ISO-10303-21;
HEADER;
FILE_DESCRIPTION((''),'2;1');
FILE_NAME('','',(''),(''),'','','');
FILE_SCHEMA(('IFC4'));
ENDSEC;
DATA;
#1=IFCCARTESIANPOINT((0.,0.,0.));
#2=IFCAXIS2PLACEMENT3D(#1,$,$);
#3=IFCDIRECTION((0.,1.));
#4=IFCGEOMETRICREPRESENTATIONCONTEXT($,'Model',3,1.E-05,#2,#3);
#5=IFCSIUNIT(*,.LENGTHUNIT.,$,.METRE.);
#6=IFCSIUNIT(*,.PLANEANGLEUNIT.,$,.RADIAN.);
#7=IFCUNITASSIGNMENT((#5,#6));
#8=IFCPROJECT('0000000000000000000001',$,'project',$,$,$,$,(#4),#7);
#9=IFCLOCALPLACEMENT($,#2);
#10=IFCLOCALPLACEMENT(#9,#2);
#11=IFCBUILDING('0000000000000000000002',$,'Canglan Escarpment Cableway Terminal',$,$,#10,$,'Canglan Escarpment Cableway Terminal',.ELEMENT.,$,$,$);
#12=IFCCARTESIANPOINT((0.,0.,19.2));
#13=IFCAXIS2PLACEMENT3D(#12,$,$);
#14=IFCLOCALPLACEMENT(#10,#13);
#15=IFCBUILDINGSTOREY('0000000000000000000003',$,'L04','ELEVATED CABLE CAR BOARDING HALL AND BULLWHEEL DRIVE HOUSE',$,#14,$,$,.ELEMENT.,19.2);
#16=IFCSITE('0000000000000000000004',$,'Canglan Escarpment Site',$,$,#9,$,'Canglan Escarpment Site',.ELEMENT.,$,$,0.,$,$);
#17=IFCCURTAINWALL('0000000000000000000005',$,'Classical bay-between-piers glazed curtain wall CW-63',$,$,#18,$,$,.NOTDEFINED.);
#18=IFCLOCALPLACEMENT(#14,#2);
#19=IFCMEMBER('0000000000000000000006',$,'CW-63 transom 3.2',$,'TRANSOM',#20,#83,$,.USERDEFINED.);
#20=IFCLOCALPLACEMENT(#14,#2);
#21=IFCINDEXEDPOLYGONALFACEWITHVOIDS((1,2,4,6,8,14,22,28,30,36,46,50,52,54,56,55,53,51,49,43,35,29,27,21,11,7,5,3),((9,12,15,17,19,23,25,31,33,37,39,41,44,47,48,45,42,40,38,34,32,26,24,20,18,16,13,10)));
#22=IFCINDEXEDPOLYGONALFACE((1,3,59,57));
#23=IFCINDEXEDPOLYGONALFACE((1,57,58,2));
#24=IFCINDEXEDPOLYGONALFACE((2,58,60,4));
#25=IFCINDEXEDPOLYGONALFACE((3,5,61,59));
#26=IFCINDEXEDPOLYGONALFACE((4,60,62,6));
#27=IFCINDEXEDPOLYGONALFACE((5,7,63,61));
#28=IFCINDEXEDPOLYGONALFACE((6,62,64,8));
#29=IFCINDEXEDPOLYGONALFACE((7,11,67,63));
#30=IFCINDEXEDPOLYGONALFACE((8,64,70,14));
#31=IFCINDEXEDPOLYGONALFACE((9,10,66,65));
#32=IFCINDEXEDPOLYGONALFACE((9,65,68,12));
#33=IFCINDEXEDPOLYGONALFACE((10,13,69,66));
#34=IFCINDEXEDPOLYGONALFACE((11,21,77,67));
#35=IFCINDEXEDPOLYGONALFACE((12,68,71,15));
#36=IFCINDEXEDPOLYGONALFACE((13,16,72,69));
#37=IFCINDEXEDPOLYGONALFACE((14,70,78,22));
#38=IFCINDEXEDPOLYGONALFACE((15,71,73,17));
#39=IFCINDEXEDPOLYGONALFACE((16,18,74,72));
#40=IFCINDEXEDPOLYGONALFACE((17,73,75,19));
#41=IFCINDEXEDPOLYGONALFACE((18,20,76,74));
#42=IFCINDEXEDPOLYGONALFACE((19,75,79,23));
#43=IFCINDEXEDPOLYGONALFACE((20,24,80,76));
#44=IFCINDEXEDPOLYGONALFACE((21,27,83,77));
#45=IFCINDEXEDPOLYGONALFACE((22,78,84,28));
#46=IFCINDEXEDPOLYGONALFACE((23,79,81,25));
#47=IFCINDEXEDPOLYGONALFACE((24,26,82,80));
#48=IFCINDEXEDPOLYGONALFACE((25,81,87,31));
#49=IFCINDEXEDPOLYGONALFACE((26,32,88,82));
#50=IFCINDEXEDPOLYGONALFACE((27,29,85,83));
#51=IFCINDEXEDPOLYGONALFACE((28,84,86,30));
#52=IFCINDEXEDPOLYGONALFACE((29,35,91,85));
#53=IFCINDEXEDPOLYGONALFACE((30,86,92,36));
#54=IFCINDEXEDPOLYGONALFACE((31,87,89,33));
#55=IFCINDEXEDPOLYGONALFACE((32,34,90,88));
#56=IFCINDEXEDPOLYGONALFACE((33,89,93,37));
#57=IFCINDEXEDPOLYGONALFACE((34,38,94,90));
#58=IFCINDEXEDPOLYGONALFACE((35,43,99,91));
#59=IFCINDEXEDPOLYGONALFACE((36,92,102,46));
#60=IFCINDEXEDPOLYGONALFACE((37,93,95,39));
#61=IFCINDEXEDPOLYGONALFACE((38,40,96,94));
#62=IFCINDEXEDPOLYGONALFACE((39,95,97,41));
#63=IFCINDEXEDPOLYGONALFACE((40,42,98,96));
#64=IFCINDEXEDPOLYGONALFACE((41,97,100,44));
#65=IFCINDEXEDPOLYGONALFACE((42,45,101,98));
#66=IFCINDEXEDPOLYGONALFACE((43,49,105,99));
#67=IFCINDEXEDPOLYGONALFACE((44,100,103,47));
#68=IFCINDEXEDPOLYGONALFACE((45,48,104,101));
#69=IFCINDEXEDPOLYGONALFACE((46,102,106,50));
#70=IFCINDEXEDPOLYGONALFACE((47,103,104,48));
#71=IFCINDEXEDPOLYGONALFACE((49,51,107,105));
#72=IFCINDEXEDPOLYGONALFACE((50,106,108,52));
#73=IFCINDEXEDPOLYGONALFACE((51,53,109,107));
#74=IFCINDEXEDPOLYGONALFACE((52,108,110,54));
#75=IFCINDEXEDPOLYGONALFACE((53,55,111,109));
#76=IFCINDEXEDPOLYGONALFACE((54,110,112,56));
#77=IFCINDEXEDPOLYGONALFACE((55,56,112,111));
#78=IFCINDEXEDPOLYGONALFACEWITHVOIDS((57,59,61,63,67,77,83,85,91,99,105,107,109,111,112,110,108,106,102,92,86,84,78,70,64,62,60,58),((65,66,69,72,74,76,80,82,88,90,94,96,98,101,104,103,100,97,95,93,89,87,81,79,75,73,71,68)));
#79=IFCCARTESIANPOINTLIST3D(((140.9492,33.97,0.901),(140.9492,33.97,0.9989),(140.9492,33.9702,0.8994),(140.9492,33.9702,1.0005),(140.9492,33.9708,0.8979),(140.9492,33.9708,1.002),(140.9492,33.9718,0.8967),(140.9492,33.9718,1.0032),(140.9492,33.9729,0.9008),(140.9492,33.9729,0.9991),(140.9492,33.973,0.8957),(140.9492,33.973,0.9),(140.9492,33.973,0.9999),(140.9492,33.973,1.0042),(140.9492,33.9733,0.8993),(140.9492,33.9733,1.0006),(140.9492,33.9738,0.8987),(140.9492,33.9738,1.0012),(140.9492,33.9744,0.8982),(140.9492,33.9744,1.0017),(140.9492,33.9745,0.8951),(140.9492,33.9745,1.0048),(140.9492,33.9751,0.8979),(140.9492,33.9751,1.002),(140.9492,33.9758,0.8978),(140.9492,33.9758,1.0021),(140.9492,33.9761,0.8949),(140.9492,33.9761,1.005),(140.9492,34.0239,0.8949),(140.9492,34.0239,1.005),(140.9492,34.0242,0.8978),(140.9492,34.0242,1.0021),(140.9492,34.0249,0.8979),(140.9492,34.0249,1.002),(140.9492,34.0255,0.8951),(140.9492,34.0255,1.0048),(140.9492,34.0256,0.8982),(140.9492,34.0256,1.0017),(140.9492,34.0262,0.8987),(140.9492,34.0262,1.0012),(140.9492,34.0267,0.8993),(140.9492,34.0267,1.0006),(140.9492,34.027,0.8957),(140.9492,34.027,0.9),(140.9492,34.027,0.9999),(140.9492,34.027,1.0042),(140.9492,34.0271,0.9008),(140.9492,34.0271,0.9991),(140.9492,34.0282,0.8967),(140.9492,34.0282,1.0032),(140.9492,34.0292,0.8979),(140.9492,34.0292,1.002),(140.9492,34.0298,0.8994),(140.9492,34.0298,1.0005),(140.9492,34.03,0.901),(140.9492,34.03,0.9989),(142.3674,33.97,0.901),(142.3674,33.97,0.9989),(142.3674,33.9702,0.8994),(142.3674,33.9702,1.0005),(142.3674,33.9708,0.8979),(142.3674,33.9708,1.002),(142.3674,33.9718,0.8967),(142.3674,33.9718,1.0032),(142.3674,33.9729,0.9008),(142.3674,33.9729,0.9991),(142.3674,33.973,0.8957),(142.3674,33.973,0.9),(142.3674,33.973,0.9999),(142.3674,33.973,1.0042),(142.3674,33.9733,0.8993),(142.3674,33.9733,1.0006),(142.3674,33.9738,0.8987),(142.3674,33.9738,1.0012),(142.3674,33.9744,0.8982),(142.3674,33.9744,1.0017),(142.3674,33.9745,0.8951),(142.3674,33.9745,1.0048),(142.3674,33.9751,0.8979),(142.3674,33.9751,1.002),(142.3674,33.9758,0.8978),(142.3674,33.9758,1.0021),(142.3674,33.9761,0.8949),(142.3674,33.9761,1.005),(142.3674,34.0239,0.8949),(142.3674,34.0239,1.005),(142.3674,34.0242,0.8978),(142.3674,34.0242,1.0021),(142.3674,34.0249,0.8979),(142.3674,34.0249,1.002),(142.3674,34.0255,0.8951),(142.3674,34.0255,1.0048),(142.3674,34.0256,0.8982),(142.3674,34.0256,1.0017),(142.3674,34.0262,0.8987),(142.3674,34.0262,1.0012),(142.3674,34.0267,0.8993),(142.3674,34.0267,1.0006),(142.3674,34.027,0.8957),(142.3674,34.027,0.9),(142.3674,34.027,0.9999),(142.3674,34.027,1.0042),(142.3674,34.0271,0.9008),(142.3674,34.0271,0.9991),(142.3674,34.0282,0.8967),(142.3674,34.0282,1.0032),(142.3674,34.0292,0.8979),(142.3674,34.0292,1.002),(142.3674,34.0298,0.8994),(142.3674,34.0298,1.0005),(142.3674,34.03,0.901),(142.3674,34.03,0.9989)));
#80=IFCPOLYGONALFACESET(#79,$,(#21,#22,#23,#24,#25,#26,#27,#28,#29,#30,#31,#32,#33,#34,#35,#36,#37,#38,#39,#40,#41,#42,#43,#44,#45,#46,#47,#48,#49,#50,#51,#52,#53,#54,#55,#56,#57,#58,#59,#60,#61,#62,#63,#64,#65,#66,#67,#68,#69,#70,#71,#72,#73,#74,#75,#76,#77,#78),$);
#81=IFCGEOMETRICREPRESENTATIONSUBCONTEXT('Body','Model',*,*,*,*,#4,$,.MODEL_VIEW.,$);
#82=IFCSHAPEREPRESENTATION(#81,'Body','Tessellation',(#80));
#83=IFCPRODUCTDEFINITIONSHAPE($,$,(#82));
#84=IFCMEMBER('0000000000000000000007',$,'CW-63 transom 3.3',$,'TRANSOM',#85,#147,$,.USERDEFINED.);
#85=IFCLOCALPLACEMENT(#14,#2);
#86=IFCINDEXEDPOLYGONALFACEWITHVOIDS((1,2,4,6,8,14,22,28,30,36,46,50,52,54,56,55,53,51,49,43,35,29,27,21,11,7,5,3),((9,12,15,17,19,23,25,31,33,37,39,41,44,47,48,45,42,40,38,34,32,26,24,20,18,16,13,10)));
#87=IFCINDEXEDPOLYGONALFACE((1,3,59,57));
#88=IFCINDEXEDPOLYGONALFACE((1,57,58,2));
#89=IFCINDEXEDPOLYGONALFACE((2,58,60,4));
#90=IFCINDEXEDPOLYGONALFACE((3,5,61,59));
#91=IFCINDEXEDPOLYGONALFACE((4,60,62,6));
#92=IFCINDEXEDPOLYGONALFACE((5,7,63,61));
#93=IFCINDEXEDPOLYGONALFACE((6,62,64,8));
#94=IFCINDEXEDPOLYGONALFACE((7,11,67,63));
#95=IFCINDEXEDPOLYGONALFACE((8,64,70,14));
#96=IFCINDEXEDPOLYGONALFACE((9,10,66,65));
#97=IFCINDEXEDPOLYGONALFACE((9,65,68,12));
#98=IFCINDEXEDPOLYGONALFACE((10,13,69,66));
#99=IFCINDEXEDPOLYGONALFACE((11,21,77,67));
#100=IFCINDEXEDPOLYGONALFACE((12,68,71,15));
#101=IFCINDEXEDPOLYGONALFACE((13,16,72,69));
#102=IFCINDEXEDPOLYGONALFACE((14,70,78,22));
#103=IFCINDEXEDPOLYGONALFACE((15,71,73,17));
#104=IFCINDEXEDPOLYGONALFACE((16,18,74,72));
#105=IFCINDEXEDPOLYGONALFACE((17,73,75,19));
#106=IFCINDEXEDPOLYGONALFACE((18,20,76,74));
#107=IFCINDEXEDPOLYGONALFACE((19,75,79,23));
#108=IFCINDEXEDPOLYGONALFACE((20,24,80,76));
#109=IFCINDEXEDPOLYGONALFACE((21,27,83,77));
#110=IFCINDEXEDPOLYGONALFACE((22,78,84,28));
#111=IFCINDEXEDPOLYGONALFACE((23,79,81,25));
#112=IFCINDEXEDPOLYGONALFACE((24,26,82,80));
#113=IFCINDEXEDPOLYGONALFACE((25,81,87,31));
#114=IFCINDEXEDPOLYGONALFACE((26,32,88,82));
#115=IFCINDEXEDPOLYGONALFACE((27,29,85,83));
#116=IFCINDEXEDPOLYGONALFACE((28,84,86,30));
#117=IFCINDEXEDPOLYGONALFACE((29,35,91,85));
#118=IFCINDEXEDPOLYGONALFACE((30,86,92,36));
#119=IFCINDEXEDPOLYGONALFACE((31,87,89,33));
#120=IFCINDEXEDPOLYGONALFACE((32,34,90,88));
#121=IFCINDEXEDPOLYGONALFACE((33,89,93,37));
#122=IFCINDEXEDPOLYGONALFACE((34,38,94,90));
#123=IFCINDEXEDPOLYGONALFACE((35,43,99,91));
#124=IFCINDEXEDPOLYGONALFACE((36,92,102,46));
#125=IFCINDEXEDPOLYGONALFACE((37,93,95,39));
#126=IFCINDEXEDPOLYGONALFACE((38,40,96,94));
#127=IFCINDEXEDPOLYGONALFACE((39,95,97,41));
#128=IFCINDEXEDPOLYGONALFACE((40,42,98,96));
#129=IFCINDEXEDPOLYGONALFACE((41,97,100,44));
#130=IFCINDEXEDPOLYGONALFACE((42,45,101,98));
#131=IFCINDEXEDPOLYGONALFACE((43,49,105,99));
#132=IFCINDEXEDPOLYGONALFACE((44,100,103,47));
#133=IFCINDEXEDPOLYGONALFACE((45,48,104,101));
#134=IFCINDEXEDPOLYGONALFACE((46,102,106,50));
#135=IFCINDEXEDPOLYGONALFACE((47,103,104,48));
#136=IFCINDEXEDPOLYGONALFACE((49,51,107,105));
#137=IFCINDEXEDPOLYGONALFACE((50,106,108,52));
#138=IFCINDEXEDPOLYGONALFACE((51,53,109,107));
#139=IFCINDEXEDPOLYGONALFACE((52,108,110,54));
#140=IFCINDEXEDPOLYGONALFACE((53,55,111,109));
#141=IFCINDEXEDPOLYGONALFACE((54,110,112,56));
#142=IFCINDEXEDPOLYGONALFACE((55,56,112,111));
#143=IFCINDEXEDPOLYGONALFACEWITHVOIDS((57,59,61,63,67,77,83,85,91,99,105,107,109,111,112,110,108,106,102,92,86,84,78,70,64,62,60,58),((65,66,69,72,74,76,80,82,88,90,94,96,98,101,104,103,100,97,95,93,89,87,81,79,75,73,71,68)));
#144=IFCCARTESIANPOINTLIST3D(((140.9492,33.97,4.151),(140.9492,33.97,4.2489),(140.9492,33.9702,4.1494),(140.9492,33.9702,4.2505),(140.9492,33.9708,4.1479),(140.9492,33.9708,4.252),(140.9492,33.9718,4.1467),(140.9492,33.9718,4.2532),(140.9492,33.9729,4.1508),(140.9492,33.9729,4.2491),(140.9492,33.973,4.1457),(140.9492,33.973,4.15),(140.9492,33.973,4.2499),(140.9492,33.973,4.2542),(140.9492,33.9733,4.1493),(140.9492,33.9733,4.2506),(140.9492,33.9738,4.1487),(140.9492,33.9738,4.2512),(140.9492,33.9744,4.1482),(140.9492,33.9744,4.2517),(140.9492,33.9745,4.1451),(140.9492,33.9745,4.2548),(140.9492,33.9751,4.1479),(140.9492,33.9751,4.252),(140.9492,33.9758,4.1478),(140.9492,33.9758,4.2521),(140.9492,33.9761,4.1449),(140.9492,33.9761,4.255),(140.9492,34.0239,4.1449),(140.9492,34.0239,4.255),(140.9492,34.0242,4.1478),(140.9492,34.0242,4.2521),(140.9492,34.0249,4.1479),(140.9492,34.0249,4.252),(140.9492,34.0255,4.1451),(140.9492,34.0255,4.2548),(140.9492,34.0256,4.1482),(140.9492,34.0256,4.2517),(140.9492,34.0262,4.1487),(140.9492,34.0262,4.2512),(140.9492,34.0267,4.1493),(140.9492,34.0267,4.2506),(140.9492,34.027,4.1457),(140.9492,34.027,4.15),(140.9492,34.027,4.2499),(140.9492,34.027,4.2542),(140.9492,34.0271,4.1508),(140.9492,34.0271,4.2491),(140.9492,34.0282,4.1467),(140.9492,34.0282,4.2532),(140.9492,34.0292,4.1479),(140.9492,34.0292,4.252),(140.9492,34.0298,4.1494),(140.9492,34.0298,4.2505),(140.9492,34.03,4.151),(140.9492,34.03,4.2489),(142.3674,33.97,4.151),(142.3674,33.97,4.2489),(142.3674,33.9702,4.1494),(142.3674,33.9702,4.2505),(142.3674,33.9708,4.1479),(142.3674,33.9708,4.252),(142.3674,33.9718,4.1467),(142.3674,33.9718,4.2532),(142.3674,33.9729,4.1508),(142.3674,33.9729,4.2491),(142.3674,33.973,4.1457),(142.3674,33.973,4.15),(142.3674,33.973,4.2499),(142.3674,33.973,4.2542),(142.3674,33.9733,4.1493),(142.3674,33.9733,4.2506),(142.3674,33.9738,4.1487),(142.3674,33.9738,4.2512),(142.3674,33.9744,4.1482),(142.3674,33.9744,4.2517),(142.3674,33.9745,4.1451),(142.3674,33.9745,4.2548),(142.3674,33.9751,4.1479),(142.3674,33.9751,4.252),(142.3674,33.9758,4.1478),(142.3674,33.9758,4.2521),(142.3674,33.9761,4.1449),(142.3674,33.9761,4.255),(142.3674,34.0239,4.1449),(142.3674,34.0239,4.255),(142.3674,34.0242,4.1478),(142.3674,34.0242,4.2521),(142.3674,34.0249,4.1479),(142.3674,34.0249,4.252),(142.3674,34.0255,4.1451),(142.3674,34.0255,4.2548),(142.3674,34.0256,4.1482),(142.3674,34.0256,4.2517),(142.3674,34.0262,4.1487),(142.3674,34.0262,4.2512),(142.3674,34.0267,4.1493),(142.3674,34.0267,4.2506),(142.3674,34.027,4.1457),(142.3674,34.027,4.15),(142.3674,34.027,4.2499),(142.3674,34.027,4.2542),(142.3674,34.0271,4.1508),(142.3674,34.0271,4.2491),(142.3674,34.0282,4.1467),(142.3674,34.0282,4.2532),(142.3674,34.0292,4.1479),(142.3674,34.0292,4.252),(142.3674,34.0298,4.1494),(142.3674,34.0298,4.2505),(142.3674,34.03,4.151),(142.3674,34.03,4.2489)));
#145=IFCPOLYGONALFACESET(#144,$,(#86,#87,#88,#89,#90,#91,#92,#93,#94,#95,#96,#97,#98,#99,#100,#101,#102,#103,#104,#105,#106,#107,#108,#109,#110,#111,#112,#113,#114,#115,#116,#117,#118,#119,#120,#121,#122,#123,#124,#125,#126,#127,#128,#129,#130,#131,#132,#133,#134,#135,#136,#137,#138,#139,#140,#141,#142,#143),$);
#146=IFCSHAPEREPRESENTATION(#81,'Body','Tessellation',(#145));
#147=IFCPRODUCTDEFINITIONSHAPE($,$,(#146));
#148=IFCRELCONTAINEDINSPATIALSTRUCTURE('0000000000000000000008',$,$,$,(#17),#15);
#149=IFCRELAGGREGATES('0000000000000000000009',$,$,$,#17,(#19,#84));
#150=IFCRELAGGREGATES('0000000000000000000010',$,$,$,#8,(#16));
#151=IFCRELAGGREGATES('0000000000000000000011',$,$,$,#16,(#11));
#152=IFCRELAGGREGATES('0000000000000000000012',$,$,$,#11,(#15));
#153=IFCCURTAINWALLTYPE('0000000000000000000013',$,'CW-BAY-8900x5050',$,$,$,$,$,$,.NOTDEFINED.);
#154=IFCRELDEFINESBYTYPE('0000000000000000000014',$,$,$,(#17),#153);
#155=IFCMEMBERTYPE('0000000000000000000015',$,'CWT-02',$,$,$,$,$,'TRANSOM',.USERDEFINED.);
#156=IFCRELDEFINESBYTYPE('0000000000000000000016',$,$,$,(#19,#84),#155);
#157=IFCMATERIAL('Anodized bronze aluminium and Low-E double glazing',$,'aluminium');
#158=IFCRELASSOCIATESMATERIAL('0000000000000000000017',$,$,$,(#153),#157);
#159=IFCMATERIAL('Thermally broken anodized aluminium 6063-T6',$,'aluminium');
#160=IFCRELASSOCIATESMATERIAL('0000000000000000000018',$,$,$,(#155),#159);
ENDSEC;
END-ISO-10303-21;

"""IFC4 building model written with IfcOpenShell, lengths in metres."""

from ifc_helpers import new_model, si_unit, direction, frame, origin, origin_2d, place, context, subcontext, project, spatial, hollow_rectangle, extrude, material, material_profile, profile_set, type_object, element, aggregate, save


model = new_model("IFC4")

# Units and contexts
model_context = context("Model", 3, precision=1e-05, world=origin(), true_north=direction((0.0, 1.0)))
body_context = subcontext(model_context, "Body", "Model", "MODEL_VIEW")
ifc_project = project(units=[si_unit("LENGTHUNIT", "METRE"), si_unit("PLANEANGLEUNIT", "RADIAN")], contexts=[model_context])

# Site, building, storey
site_placement = place(None, origin())
site = spatial("IfcSite", under=ifc_project, at=site_placement, Name="Canglan Escarpment Site", LongName="Canglan Escarpment Site", CompositionType="ELEMENT", RefElevation=0.0)
building_placement = place(site_placement, origin())
building = spatial("IfcBuilding", under=site, at=building_placement, Name="Canglan Escarpment Cableway Terminal", LongName="Canglan Escarpment Cableway Terminal", CompositionType="ELEMENT")
storey_placement = place(building_placement, frame((0.0, 0.0, 19.2)))
storey = spatial("IfcBuildingStorey", under=building, at=storey_placement, Name="L04", Description="ELEVATED CABLE CAR BOARDING HALL AND BULLWHEEL DRIVE HOUSE", CompositionType="ELEMENT", Elevation=19.2)

# Curtain wall
ifc_material_1 = material(Name="Anodized bronze aluminium and Low-E double glazing", Category="aluminium")
curtain_wall_type_1 = type_object("IfcCurtainWallType", Name="CW-BAY-8900x5050", PredefinedType="NOTDEFINED", material=ifc_material_1)
curtain_wall_1_placement = place(storey_placement, origin())
curtain_wall_1 = element("IfcCurtainWall", 1, at=curtain_wall_1_placement, inside=storey, type_object=curtain_wall_type_1, Name="Classical bay-between-piers glazed curtain wall CW-63", PredefinedType="NOTDEFINED")
ifc_material_2 = material(Name="Thermally broken anodized aluminium 6063-T6", Category="aluminium")

# Members
ifc_material_profile_1 = material_profile(ifc_material_2, hollow_rectangle(XDim=0.0601, YDim=0.1101, WallThickness=0.0029, InnerFilletRadius=0.0029, OuterFilletRadius=0.0061, at=origin_2d()), Name="ALU-TRAN 60x110x3")
ifc_profile_set_1 = profile_set([ifc_material_profile_1], Name="Thermally broken anodized aluminium 6063-T6")
member_type_1 = type_object("IfcMemberType", Name="CWT-02", ElementType="TRANSOM", PredefinedType="USERDEFINED", material=ifc_profile_set_1)
member_1_placement = place(storey_placement, frame((140.9492, 34.0, 0.95), z_axis=(1.0, 0.0, 0.0), x_axis=(0.0, 1.0, 0.0)))
member_1 = element("IfcMember", 2, at=member_1_placement, type_object=member_type_1, Name="CW-63 transom 3.2", ObjectType="TRANSOM", PredefinedType="USERDEFINED", context=body_context, shape_type="SweptSolid", body=[
    extrude(hollow_rectangle(XDim=0.0601, YDim=0.1101, WallThickness=0.0029, InnerFilletRadius=0.0029, OuterFilletRadius=0.0061, at=origin_2d()), origin(), (0.0, 0.0, 1.0), 1.4182),
])
member_2_placement = place(storey_placement, frame((140.9492, 34.0, 4.2), z_axis=(1.0, 0.0, 0.0), x_axis=(0.0, 1.0, 0.0)))
member_2 = element("IfcMember", 3, at=member_2_placement, type_object=member_type_1, Name="CW-63 transom 3.3", ObjectType="TRANSOM", PredefinedType="USERDEFINED", context=body_context, shape_type="SweptSolid", body=[
    extrude(hollow_rectangle(XDim=0.0601, YDim=0.1101, WallThickness=0.0029, InnerFilletRadius=0.0029, OuterFilletRadius=0.0061, at=origin_2d()), origin(), (0.0, 0.0, 1.0), 1.4182),
])

aggregate(curtain_wall_1, [member_1, member_2])

save(model, "model.ifc")
